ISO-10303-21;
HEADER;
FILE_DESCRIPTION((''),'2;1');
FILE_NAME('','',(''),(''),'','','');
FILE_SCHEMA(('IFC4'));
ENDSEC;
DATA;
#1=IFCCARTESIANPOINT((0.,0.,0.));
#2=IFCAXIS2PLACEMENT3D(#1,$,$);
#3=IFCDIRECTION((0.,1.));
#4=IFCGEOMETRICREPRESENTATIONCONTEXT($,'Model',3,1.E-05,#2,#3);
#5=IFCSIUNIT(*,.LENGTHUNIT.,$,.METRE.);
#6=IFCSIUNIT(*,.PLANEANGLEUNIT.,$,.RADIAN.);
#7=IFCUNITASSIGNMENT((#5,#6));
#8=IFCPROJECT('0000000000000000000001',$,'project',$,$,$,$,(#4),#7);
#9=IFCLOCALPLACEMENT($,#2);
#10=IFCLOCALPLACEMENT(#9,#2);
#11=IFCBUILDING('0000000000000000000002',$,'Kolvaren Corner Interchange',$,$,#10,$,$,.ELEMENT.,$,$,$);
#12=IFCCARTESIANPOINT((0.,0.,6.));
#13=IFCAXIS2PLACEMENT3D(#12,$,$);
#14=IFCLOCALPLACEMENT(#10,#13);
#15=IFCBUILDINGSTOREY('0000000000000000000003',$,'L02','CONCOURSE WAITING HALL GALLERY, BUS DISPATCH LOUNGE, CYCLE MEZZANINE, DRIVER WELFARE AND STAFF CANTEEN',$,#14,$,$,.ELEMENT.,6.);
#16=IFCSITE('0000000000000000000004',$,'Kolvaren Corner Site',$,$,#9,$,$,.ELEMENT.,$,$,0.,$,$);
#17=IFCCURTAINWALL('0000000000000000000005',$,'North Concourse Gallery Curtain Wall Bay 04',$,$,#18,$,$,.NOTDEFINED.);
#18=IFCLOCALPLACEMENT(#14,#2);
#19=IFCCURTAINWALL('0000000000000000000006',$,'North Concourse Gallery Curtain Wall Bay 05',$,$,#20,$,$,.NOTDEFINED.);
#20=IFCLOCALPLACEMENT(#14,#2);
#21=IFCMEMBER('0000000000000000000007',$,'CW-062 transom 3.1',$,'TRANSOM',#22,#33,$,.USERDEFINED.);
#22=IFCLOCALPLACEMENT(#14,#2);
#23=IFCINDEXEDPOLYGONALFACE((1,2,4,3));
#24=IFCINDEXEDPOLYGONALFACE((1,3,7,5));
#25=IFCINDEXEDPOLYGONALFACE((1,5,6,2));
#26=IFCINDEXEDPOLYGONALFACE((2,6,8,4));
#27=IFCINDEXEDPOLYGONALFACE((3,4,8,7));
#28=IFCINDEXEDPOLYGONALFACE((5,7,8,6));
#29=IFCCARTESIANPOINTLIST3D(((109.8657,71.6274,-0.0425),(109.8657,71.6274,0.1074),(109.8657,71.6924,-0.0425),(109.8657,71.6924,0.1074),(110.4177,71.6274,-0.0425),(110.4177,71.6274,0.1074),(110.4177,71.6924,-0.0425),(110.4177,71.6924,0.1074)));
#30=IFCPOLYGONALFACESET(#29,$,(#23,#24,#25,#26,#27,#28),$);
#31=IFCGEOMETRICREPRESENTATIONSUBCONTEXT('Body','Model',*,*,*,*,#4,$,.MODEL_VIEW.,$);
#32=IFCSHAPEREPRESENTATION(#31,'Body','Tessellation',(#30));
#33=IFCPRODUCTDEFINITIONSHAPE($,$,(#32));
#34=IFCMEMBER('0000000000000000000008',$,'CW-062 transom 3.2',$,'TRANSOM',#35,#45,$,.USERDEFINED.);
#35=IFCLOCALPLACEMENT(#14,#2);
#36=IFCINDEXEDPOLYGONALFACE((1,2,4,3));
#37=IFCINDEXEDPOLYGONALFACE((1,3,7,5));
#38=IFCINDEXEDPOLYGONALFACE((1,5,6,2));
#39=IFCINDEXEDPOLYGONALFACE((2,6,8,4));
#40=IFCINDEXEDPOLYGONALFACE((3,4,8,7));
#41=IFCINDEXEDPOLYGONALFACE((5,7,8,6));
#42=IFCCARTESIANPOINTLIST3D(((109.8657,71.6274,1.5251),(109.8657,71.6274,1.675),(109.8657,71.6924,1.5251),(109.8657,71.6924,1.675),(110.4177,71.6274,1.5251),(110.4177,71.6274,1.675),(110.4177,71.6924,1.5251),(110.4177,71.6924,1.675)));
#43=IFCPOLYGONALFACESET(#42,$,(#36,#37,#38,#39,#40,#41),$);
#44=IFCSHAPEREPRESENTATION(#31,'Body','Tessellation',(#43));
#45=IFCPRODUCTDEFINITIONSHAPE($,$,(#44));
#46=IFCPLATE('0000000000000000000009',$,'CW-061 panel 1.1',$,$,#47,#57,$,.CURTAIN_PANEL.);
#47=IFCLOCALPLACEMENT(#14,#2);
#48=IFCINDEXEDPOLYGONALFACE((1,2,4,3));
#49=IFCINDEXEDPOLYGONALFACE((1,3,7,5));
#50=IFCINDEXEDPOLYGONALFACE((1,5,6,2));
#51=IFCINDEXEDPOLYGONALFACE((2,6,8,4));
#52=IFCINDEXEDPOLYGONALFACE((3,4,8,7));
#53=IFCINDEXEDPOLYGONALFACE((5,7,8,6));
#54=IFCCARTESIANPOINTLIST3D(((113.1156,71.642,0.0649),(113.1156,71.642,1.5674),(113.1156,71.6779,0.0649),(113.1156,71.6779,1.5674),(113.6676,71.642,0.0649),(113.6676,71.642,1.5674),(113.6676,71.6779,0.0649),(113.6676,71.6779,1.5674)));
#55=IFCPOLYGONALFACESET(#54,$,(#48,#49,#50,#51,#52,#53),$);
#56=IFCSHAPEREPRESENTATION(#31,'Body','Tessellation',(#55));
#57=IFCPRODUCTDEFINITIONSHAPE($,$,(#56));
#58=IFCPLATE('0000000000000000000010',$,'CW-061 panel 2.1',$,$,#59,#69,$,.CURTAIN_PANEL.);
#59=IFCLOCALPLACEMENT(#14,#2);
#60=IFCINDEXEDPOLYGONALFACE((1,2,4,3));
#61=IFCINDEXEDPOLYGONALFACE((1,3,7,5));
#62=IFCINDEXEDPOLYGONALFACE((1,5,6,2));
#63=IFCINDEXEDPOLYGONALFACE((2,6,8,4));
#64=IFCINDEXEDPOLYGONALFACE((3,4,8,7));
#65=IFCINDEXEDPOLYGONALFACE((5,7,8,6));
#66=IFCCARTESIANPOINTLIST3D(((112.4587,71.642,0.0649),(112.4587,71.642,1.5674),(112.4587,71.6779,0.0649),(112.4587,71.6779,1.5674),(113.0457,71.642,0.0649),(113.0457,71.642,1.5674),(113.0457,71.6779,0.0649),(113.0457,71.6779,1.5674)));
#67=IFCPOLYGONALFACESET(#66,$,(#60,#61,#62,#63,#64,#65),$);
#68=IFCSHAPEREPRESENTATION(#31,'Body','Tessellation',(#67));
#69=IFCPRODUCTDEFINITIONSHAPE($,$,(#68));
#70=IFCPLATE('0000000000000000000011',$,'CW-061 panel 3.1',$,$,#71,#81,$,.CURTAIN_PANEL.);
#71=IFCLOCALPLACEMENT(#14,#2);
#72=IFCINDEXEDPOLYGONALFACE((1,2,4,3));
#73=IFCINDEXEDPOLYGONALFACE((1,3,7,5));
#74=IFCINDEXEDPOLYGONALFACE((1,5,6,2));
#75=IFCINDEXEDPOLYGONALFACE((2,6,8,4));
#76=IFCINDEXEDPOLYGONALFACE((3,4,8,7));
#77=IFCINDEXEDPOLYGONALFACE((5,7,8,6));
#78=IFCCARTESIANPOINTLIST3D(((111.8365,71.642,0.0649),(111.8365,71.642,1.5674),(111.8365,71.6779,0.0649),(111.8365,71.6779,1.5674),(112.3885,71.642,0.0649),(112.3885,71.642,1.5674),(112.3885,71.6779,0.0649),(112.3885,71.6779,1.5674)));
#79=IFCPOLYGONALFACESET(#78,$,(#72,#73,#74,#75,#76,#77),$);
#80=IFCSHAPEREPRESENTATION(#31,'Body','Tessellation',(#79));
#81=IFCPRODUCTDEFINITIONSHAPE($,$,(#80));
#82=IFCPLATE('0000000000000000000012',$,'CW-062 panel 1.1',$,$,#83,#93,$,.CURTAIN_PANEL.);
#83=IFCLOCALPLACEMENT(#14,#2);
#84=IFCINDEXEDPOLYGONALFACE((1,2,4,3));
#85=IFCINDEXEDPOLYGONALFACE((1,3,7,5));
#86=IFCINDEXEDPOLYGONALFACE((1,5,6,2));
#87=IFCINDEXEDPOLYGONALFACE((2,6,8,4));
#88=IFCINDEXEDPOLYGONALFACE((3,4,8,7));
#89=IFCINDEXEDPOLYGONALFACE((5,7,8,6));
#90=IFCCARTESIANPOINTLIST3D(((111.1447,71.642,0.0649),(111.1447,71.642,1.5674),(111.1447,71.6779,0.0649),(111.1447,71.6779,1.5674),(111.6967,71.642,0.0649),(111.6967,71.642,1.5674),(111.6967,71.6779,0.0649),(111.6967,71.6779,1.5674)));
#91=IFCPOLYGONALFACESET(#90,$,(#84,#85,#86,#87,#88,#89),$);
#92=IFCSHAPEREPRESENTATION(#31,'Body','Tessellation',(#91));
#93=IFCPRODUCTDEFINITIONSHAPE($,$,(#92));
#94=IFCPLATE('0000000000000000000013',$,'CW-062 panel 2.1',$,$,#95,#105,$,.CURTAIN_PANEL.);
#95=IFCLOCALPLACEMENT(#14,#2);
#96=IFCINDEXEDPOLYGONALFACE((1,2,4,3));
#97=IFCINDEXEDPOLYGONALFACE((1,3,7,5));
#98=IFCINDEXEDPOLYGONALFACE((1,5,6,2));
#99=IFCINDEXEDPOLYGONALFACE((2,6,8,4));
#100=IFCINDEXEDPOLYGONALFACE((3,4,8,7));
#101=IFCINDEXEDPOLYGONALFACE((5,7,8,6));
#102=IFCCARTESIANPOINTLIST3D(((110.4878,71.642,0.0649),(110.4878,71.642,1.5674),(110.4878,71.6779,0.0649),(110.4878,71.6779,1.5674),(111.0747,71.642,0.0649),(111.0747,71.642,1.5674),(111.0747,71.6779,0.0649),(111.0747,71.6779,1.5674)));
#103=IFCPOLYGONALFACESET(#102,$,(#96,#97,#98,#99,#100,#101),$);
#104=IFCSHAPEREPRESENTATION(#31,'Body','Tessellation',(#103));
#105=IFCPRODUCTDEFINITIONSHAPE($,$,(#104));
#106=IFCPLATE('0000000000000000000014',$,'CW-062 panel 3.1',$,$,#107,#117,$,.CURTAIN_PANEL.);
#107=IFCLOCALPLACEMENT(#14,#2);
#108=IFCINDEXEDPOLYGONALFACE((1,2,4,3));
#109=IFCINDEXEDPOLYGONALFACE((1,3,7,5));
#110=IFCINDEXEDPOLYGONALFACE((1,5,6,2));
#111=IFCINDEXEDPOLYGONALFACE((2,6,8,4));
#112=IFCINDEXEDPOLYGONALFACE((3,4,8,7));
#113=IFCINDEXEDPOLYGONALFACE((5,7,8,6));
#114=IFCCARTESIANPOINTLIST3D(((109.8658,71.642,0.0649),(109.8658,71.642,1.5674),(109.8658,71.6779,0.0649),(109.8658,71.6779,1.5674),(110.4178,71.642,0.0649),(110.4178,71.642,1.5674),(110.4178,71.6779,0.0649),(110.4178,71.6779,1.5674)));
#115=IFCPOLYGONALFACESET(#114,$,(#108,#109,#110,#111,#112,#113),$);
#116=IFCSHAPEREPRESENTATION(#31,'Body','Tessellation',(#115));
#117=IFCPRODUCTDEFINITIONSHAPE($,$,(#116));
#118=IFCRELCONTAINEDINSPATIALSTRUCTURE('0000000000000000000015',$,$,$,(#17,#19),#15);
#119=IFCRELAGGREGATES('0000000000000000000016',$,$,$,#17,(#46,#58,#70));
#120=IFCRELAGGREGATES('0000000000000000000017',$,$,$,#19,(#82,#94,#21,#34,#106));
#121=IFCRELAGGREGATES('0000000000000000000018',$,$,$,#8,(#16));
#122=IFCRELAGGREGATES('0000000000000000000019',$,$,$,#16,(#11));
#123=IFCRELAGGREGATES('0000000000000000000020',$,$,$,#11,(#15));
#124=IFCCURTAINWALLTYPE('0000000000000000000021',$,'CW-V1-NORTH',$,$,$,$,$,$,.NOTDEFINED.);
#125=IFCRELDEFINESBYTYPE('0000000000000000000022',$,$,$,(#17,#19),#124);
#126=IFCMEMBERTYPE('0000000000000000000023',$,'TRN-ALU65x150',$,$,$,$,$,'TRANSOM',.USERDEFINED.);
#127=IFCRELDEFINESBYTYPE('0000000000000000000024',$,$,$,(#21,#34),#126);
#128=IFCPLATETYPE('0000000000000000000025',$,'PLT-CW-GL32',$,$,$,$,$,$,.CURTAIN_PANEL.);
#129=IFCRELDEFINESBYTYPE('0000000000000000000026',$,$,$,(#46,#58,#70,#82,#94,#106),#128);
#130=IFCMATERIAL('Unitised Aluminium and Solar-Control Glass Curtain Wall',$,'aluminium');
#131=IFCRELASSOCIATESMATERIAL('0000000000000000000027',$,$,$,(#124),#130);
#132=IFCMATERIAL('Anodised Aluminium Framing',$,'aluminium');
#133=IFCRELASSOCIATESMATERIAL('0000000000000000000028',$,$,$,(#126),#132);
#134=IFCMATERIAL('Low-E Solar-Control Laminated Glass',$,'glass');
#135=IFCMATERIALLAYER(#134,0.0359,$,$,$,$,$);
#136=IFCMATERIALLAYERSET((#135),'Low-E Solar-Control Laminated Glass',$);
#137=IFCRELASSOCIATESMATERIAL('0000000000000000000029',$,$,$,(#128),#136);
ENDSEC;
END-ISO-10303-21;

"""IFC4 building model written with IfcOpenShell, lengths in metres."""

from ifc_helpers import new_model, si_unit, direction, frame, origin, origin_2d, place, context, subcontext, project, spatial, rectangle, extrude, material, layer, layer_set, material_profile, profile_set, type_object, element, aggregate, save


model = new_model("IFC4")

# Units and contexts
model_context = context("Model", 3, precision=1e-05, world=origin(), true_north=direction((0.0, 1.0)))
body_context = subcontext(model_context, "Body", "Model", "MODEL_VIEW")
ifc_project = project(units=[si_unit("LENGTHUNIT", "METRE"), si_unit("PLANEANGLEUNIT", "RADIAN")], contexts=[model_context])

# Site, building, storey
site_placement = place(None, origin())
site = spatial("IfcSite", under=ifc_project, at=site_placement, Name="Kolvaren Corner Site", CompositionType="ELEMENT", RefElevation=0.0)
building_placement = place(site_placement, origin())
building = spatial("IfcBuilding", under=site, at=building_placement, Name="Kolvaren Corner Interchange", CompositionType="ELEMENT")
storey_placement = place(building_placement, frame((0.0, 0.0, 6.0)))
storey = spatial("IfcBuildingStorey", under=building, at=storey_placement, Name="L02", Description="CONCOURSE WAITING HALL GALLERY, BUS DISPATCH LOUNGE, CYCLE MEZZANINE, DRIVER WELFARE AND STAFF CANTEEN", CompositionType="ELEMENT", Elevation=6.0)

# Curtain walls
ifc_material_1 = material(Name="Unitised Aluminium and Solar-Control Glass Curtain Wall", Category="aluminium")
curtain_wall_type = type_object("IfcCurtainWallType", Name="CW-V1-NORTH", PredefinedType="NOTDEFINED", material=ifc_material_1)
curtain_wall_1_placement = place(storey_placement, origin())
curtain_wall_1 = element("IfcCurtainWall", 1, at=curtain_wall_1_placement, inside=storey, type_object=curtain_wall_type, Name="North Concourse Gallery Curtain Wall Bay 04", PredefinedType="NOTDEFINED")
curtain_wall_2_placement = place(storey_placement, origin())
curtain_wall_2 = element("IfcCurtainWall", 2, at=curtain_wall_2_placement, inside=storey, type_object=curtain_wall_type, Name="North Concourse Gallery Curtain Wall Bay 05", PredefinedType="NOTDEFINED")

# Members
ifc_material_2 = material(Name="Anodised Aluminium Framing", Category="aluminium")
ifc_material_profile_1 = material_profile(ifc_material_2, rectangle(XDim=0.0649, YDim=0.1499, at=origin_2d()), Name="ALU 65x150")
ifc_profile_set_1 = profile_set([ifc_material_profile_1], Name="Anodised Aluminium Framing")
member_type_1 = type_object("IfcMemberType", Name="TRN-ALU65x150", ElementType="TRANSOM", PredefinedType="USERDEFINED", material=ifc_profile_set_1)
member_1_placement = place(storey_placement, frame((110.4177, 71.6599, 0.0325), z_axis=(-1.0, 0.0, 0.0), x_axis=(0.0, -1.0, 0.0)))
member_1 = element("IfcMember", 3, at=member_1_placement, type_object=member_type_1, Name="CW-062 transom 3.1", ObjectType="TRANSOM", PredefinedType="USERDEFINED", context=body_context, shape_type="SweptSolid", body=[
    extrude(rectangle(XDim=0.0649, YDim=0.1499, at=origin_2d()), origin(), (0.0, 0.0, 1.0), 0.552),
])
member_2_placement = place(storey_placement, frame((110.4177, 71.6599, 1.6001), z_axis=(-1.0, 0.0, 0.0), x_axis=(0.0, -1.0, 0.0)))
member_2 = element("IfcMember", 4, at=member_2_placement, type_object=member_type_1, Name="CW-062 transom 3.2", ObjectType="TRANSOM", PredefinedType="USERDEFINED", context=body_context, shape_type="SweptSolid", body=[
    extrude(rectangle(XDim=0.0649, YDim=0.1499, at=origin_2d()), origin(), (0.0, 0.0, 1.0), 0.552),
])

# Plates
ifc_material_3 = material(Name="Low-E Solar-Control Laminated Glass", Category="glass")
ifc_layer = layer(ifc_material_3, 0.0359)
ifc_layer_set = layer_set([ifc_layer], Name="Low-E Solar-Control Laminated Glass")
plate_type = type_object("IfcPlateType", Name="PLT-CW-GL32", PredefinedType="CURTAIN_PANEL", material=ifc_layer_set)
plate_1_placement = place(storey_placement, frame((113.3916, 71.6599, 0.0649), z_axis=(0.0, 0.0, 1.0), x_axis=(-1.0, 0.0, 0.0)))
plate_1 = element("IfcPlate", 5, at=plate_1_placement, type_object=plate_type, Name="CW-061 panel 1.1", PredefinedType="CURTAIN_PANEL", context=body_context, shape_type="SweptSolid", body=[
    extrude(rectangle(XDim=0.552, YDim=0.0359, at=origin_2d()), origin(), (0.0, 0.0, 1.0), 1.5024),
])
plate_2_placement = place(storey_placement, frame((112.7522, 71.6599, 0.0649), z_axis=(0.0, 0.0, 1.0), x_axis=(-1.0, 0.0, 0.0)))
plate_2 = element("IfcPlate", 6, at=plate_2_placement, type_object=plate_type, Name="CW-061 panel 2.1", PredefinedType="CURTAIN_PANEL", context=body_context, shape_type="SweptSolid", body=[
    extrude(rectangle(XDim=0.5869, YDim=0.0359, at=origin_2d()), origin(), (0.0, 0.0, 1.0), 1.5024),
])
plate_3_placement = place(storey_placement, frame((112.1125, 71.6599, 0.0649), z_axis=(0.0, 0.0, 1.0), x_axis=(-1.0, 0.0, 0.0)))
plate_3 = element("IfcPlate", 7, at=plate_3_placement, type_object=plate_type, Name="CW-061 panel 3.1", PredefinedType="CURTAIN_PANEL", context=body_context, shape_type="SweptSolid", body=[
    extrude(rectangle(XDim=0.552, YDim=0.0359, at=origin_2d()), origin(), (0.0, 0.0, 1.0), 1.5024),
])
aggregate(curtain_wall_1, [plate_1, plate_2, plate_3])
plate_4_placement = place(storey_placement, frame((111.4207, 71.6599, 0.0649), z_axis=(0.0, 0.0, 1.0), x_axis=(-1.0, 0.0, 0.0)))
plate_4 = element("IfcPlate", 8, at=plate_4_placement, type_object=plate_type, Name="CW-062 panel 1.1", PredefinedType="CURTAIN_PANEL", context=body_context, shape_type="SweptSolid", body=[
    extrude(rectangle(XDim=0.552, YDim=0.0359, at=origin_2d()), origin(), (0.0, 0.0, 1.0), 1.5024),
])
plate_5_placement = place(storey_placement, frame((110.7812, 71.6599, 0.0649), z_axis=(0.0, 0.0, 1.0), x_axis=(-1.0, 0.0, 0.0)))
plate_5 = element("IfcPlate", 9, at=plate_5_placement, type_object=plate_type, Name="CW-062 panel 2.1", PredefinedType="CURTAIN_PANEL", context=body_context, shape_type="SweptSolid", body=[
    extrude(rectangle(XDim=0.5869, YDim=0.0359, at=origin_2d()), origin(), (0.0, 0.0, 1.0), 1.5024),
])
plate_6_placement = place(storey_placement, frame((110.1418, 71.6599, 0.0649), z_axis=(0.0, 0.0, 1.0), x_axis=(-1.0, 0.0, 0.0)))
plate_6 = element("IfcPlate", 10, at=plate_6_placement, type_object=plate_type, Name="CW-062 panel 3.1", PredefinedType="CURTAIN_PANEL", context=body_context, shape_type="SweptSolid", body=[
    extrude(rectangle(XDim=0.552, YDim=0.0359, at=origin_2d()), origin(), (0.0, 0.0, 1.0), 1.5024),
])
aggregate(curtain_wall_2, [plate_4, plate_5, member_1, member_2, plate_6])

save(model, "model.ifc")
